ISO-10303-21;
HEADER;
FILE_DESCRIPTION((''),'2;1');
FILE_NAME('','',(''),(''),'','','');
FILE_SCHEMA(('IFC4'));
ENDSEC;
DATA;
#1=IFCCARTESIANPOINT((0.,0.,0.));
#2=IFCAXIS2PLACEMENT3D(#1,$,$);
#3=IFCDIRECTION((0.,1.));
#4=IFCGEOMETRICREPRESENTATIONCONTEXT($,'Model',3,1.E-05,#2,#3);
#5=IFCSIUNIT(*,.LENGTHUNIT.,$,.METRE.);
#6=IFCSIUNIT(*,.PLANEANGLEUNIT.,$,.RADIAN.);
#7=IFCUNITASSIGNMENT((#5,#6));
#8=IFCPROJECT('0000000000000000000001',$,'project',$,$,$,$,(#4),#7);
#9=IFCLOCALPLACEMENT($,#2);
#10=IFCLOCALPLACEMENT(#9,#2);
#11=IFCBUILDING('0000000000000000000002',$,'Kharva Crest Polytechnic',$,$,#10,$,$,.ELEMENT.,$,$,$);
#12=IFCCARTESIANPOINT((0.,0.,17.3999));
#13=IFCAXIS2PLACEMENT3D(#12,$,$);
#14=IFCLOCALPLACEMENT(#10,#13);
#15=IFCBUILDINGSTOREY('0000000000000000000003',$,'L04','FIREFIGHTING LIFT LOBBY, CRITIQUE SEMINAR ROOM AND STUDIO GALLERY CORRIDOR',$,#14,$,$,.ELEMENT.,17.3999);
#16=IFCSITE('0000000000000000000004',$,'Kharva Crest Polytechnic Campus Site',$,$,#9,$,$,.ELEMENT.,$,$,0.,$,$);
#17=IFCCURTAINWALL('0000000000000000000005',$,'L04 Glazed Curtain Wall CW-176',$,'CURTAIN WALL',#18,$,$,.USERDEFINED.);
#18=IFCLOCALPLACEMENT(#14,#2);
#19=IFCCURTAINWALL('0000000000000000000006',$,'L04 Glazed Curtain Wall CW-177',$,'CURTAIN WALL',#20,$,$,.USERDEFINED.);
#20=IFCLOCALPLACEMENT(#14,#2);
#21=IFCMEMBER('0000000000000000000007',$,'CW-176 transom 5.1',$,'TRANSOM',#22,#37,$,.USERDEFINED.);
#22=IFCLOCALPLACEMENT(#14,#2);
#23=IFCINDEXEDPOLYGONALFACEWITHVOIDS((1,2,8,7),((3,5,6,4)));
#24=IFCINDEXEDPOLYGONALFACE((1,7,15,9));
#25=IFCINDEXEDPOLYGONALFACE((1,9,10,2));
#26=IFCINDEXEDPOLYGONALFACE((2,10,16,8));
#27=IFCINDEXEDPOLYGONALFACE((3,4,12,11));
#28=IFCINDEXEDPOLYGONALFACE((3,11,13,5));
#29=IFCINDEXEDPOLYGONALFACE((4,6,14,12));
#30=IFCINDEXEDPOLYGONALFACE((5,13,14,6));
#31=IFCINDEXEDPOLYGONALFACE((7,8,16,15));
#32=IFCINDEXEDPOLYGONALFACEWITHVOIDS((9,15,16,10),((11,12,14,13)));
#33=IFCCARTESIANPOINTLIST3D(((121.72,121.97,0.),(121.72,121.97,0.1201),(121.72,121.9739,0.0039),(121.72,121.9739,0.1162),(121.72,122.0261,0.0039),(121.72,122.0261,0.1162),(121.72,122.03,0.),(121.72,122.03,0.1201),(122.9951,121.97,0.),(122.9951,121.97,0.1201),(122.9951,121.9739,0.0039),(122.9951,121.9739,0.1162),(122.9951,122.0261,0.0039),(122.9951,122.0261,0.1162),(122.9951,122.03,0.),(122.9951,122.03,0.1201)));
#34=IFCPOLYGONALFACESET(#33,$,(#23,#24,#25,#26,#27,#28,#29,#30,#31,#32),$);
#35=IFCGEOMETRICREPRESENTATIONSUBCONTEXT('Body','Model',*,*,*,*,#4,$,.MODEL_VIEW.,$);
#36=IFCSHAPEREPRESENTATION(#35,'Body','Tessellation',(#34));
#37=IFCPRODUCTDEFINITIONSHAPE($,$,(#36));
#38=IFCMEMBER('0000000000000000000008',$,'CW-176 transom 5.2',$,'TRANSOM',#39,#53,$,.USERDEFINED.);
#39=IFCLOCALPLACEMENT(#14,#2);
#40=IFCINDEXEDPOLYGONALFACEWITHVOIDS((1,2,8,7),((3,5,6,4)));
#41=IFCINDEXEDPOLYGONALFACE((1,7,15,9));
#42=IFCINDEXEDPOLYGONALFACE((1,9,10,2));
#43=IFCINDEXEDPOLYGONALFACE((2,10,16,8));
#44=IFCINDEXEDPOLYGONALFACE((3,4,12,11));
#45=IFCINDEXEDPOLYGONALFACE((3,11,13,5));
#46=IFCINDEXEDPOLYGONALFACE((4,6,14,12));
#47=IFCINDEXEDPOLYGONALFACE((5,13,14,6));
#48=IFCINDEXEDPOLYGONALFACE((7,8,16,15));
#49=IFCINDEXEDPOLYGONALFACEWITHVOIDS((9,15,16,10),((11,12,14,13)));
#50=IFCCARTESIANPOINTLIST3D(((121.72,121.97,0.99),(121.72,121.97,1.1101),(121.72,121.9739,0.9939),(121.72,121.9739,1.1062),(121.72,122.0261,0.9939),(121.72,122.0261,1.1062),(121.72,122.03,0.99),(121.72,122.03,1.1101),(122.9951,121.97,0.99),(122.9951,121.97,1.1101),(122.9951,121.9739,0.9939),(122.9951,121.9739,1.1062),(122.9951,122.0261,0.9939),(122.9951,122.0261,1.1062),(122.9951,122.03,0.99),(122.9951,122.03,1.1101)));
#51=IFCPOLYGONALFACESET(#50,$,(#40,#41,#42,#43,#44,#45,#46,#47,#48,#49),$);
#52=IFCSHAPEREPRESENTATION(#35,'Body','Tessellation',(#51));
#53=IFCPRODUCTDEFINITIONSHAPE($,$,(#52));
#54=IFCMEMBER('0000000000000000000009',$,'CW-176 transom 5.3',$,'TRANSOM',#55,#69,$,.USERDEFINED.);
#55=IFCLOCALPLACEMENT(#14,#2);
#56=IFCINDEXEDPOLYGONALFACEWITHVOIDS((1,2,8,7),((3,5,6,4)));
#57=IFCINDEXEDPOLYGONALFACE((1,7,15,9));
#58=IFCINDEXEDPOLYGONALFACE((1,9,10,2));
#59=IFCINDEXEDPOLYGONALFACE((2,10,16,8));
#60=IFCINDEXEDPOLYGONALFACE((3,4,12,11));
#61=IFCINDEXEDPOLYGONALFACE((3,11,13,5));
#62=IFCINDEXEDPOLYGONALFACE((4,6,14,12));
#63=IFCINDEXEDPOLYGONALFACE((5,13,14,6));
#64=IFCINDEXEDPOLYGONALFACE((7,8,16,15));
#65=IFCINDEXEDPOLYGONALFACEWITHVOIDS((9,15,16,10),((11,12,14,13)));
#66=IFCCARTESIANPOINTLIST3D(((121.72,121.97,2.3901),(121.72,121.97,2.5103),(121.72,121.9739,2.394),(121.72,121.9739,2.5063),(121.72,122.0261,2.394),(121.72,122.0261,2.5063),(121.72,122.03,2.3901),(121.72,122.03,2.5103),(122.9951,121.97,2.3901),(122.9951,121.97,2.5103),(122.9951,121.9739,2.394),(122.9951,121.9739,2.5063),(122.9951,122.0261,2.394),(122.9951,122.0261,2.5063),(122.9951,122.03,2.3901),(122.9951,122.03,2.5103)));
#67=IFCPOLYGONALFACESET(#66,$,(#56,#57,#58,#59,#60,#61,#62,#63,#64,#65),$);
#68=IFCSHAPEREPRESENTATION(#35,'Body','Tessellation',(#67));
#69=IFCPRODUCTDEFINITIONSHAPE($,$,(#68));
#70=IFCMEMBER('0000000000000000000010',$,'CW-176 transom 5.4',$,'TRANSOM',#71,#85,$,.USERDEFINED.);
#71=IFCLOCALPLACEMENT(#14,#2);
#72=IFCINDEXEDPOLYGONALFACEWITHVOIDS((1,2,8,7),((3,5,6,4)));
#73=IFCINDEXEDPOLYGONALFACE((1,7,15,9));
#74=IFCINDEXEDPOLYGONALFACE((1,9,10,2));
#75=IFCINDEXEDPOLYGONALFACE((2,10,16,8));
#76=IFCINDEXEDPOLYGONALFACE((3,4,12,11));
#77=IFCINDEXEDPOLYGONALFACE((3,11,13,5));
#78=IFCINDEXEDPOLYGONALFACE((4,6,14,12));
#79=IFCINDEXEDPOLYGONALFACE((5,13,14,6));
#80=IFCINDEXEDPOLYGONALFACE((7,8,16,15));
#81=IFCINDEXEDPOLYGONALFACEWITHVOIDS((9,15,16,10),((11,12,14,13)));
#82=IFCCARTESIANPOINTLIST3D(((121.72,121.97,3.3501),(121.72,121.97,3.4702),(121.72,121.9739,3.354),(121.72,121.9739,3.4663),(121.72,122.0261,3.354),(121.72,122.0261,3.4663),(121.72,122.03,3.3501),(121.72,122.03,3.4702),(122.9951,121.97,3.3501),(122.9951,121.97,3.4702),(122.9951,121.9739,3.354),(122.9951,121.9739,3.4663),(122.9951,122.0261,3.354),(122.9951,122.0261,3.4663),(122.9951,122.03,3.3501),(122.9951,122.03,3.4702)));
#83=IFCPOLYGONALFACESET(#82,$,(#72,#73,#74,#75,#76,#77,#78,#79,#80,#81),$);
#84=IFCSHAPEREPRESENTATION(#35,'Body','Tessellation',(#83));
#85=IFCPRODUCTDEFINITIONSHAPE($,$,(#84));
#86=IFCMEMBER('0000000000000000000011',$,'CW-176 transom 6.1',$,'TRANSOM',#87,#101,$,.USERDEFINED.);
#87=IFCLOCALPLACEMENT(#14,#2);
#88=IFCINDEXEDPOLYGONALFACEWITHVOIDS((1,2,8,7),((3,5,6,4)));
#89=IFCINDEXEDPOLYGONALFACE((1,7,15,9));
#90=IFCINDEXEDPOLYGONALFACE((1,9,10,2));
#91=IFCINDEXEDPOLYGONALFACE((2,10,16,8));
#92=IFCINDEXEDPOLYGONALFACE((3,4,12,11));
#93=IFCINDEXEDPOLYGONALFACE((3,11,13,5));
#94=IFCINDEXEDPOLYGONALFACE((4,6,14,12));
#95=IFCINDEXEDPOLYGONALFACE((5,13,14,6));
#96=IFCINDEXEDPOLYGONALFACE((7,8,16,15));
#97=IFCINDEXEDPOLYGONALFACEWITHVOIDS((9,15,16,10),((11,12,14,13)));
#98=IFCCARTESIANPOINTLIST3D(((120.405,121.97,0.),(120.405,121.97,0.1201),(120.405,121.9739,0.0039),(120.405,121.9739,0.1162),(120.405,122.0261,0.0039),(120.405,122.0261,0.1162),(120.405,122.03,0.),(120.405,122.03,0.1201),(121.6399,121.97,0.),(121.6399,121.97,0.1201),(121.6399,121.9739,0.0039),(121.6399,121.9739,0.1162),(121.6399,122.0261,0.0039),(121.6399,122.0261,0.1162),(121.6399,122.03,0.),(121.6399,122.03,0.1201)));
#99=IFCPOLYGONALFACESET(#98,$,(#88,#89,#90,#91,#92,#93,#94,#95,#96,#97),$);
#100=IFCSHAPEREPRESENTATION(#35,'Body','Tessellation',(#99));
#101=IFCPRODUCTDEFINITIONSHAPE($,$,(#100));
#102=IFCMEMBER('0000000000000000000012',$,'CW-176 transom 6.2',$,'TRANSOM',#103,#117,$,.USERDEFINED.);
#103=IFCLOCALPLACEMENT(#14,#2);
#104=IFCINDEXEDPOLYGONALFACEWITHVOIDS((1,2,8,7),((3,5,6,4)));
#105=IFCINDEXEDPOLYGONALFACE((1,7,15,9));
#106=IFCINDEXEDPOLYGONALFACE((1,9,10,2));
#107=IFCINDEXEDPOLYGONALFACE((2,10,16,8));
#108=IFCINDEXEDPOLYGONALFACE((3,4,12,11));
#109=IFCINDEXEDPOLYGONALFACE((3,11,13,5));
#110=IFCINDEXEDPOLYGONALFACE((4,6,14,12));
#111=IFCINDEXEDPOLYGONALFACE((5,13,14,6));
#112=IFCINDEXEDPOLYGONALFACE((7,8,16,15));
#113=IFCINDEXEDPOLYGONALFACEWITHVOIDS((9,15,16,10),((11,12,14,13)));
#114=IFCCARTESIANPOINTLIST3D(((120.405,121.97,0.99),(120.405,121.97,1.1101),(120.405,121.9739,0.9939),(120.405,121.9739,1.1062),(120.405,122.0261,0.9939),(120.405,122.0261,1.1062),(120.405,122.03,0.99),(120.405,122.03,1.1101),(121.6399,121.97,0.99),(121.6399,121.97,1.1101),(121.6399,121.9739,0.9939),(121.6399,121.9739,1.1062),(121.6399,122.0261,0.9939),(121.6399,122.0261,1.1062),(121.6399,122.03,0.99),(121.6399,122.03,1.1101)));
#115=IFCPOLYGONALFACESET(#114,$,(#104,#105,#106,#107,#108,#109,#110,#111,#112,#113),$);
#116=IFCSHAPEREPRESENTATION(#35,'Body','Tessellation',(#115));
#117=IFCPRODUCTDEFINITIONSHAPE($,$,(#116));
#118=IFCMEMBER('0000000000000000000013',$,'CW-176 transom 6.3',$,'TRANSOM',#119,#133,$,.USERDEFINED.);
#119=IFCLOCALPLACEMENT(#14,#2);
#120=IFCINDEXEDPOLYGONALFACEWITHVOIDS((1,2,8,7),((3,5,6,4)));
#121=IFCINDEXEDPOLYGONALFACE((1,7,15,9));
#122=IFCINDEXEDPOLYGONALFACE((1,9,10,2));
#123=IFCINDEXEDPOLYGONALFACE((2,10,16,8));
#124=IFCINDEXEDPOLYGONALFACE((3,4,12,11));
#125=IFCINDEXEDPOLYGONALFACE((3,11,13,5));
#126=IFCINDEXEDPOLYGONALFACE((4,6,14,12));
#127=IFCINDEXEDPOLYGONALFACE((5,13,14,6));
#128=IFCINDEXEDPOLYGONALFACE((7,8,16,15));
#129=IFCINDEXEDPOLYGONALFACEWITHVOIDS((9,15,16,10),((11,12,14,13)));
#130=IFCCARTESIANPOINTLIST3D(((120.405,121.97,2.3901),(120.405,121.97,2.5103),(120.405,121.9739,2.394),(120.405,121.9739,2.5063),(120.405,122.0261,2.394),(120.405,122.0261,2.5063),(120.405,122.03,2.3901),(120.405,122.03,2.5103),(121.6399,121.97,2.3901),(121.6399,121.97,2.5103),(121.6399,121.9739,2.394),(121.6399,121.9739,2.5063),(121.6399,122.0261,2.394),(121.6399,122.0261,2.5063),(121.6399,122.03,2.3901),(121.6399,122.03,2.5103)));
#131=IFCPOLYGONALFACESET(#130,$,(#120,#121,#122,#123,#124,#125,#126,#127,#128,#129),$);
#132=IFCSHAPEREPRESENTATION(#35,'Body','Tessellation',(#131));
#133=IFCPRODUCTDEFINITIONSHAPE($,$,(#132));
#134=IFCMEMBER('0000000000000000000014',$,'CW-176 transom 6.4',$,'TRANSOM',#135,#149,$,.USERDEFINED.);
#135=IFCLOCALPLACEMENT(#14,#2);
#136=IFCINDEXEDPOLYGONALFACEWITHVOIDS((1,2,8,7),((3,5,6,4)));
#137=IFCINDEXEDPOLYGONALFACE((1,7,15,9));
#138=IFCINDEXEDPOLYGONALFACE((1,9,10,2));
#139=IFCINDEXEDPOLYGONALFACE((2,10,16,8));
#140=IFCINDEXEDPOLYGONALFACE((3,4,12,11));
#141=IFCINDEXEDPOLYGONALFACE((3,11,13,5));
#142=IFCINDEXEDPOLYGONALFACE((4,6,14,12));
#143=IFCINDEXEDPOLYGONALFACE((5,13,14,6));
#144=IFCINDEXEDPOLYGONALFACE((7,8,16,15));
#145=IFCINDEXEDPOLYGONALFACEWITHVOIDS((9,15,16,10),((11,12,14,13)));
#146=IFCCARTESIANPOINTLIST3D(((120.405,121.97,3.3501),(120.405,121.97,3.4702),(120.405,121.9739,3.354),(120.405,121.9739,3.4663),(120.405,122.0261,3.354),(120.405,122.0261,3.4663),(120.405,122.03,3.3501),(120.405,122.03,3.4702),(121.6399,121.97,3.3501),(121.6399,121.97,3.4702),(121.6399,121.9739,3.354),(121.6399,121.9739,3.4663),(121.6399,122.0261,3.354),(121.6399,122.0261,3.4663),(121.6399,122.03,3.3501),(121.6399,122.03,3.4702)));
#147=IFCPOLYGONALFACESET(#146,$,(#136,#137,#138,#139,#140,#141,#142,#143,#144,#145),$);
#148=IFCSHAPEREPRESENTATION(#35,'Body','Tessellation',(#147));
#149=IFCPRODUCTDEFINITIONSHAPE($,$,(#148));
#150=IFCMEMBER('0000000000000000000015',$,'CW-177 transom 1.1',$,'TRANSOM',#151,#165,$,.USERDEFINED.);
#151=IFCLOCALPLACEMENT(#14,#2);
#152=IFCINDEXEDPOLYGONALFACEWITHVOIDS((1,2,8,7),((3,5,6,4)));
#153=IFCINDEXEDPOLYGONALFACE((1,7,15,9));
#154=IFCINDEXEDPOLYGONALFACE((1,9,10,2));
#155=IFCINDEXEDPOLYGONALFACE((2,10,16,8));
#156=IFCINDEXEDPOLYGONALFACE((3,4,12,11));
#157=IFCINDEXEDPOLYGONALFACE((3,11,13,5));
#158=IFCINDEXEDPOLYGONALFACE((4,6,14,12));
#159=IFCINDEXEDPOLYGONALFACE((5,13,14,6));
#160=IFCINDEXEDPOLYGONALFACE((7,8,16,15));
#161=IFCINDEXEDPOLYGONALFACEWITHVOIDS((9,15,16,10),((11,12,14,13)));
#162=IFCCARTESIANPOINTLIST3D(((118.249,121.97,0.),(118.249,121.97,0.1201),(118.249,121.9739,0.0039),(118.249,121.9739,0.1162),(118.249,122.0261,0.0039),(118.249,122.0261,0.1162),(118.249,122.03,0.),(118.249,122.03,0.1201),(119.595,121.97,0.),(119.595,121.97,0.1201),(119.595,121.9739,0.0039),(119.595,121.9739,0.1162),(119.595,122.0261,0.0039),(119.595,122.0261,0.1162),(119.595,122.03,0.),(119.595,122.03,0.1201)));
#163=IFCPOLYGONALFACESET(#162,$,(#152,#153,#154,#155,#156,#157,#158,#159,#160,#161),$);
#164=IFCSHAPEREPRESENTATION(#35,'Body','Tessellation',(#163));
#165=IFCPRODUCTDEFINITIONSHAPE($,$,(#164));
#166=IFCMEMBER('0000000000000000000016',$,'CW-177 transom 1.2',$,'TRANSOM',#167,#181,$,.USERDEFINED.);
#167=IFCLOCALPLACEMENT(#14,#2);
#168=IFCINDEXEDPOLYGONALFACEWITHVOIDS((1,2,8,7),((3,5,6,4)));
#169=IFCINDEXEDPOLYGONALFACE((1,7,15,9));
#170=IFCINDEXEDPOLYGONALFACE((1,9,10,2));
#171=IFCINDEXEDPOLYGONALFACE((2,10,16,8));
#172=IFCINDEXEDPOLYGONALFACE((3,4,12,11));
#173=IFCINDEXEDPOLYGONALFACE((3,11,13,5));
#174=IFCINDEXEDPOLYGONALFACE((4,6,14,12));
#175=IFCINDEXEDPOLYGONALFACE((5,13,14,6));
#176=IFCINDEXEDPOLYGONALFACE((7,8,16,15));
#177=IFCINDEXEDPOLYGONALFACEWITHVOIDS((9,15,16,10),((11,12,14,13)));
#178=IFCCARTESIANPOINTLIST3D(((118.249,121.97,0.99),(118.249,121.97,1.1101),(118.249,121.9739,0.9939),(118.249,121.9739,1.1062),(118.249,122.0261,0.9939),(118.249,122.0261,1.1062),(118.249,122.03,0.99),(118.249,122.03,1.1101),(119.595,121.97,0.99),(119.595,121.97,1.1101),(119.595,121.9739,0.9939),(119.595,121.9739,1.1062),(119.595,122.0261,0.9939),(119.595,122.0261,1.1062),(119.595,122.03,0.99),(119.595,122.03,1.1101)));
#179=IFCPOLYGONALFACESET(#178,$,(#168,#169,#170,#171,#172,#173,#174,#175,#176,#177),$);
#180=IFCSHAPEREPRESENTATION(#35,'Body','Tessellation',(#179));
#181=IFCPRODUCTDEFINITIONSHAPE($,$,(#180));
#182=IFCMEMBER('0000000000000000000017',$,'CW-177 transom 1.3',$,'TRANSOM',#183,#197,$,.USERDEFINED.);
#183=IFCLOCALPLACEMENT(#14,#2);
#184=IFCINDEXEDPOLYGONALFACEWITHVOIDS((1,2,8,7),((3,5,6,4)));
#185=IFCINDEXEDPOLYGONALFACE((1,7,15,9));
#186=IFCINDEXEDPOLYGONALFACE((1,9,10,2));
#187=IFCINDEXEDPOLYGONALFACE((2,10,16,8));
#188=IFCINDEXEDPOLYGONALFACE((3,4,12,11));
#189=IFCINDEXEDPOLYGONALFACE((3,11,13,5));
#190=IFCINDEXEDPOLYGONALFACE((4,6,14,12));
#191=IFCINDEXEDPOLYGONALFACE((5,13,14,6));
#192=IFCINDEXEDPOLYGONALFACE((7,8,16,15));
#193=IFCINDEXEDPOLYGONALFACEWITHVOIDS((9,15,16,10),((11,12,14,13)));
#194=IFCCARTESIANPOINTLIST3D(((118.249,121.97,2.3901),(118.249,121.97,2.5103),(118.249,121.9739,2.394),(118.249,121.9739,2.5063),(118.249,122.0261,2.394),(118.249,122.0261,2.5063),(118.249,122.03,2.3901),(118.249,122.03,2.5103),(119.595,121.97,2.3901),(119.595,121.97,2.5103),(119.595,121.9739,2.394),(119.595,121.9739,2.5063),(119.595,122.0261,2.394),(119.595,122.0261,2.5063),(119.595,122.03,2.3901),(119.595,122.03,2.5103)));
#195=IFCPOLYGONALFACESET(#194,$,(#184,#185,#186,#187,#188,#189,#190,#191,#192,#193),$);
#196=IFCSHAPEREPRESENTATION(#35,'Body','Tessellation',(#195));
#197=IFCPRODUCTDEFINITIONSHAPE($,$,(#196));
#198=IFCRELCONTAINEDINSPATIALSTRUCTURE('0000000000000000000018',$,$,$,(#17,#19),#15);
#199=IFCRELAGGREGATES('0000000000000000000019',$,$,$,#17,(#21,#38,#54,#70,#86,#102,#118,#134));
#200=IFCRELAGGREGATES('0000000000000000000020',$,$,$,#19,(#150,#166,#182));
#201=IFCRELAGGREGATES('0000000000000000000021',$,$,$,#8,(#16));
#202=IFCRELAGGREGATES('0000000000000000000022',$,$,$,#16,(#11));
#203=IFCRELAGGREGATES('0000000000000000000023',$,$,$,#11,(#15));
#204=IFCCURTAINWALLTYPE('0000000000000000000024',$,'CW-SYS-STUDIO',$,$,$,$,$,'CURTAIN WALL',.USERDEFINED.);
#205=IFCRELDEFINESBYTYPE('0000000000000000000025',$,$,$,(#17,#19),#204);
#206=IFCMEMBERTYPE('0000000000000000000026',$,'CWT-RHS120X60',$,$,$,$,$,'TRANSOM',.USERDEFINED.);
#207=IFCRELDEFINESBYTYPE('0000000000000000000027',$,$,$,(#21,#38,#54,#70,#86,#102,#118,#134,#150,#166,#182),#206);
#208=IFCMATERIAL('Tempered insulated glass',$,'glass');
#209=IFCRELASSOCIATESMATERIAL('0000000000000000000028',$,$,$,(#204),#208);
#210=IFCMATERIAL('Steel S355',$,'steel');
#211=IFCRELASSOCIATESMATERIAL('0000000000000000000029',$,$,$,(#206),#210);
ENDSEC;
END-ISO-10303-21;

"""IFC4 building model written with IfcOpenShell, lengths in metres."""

from ifc_helpers import new_model, si_unit, direction, frame, origin, origin_2d, place, context, subcontext, project, spatial, hollow_rectangle, extrude, material, material_profile, profile_set, type_object, element, aggregate, save


model = new_model("IFC4")

# Units and contexts
model_context = context("Model", 3, precision=1e-05, world=origin(), true_north=direction((0.0, 1.0)))
body_context = subcontext(model_context, "Body", "Model", "MODEL_VIEW")
ifc_project = project(units=[si_unit("LENGTHUNIT", "METRE"), si_unit("PLANEANGLEUNIT", "RADIAN")], contexts=[model_context])

# Site, building, storey
site_placement = place(None, origin())
site = spatial("IfcSite", under=ifc_project, at=site_placement, Name="Kharva Crest Polytechnic Campus Site", CompositionType="ELEMENT", RefElevation=0.0)
building_placement = place(site_placement, origin())
building = spatial("IfcBuilding", under=site, at=building_placement, Name="Kharva Crest Polytechnic", CompositionType="ELEMENT")
storey_placement = place(building_placement, frame((0.0, 0.0, 17.3999)))
storey = spatial("IfcBuildingStorey", under=building, at=storey_placement, Name="L04", Description="FIREFIGHTING LIFT LOBBY, CRITIQUE SEMINAR ROOM AND STUDIO GALLERY CORRIDOR", CompositionType="ELEMENT", Elevation=17.3999)

# Curtain walls
ifc_material_1 = material(Name="Tempered insulated glass", Category="glass")
curtain_wall_type = type_object("IfcCurtainWallType", Name="CW-SYS-STUDIO", ElementType="CURTAIN WALL", PredefinedType="USERDEFINED", material=ifc_material_1)
curtain_wall_1_placement = place(storey_placement, origin())
curtain_wall_1 = element("IfcCurtainWall", 1, at=curtain_wall_1_placement, inside=storey, type_object=curtain_wall_type, Name="L04 Glazed Curtain Wall CW-176", ObjectType="CURTAIN WALL", PredefinedType="USERDEFINED")
ifc_material_2 = material(Name="Steel S355", Category="steel")
curtain_wall_2_placement = place(storey_placement, origin())
curtain_wall_2 = element("IfcCurtainWall", 2, at=curtain_wall_2_placement, inside=storey, type_object=curtain_wall_type, Name="L04 Glazed Curtain Wall CW-177", ObjectType="CURTAIN WALL", PredefinedType="USERDEFINED")

# Members
ifc_material_profile_1 = material_profile(ifc_material_2, hollow_rectangle(XDim=0.0601, YDim=0.1201, WallThickness=0.0039, at=origin_2d()), Name="RHS 120X60X4.0")
ifc_profile_set_1 = profile_set([ifc_material_profile_1], Name="Steel S355")
member_type_1 = type_object("IfcMemberType", Name="CWT-RHS120X60", ElementType="TRANSOM", PredefinedType="USERDEFINED", material=ifc_profile_set_1)
member_1_placement = place(storey_placement, frame((122.9951, 122.0, 0.0601), z_axis=(-1.0, 0.0, 0.0), x_axis=(0.0, -1.0, 0.0)))
member_1 = element("IfcMember", 3, at=member_1_placement, type_object=member_type_1, Name="CW-176 transom 5.1", ObjectType="TRANSOM", PredefinedType="USERDEFINED", context=body_context, shape_type="SweptSolid", body=[
    extrude(hollow_rectangle(XDim=0.0601, YDim=0.1201, WallThickness=0.0039, at=origin_2d()), origin(), (0.0, 0.0, 1.0), 1.2751),
])
member_2_placement = place(storey_placement, frame((122.9951, 122.0, 1.05), z_axis=(-1.0, 0.0, 0.0), x_axis=(0.0, -1.0, 0.0)))
member_2 = element("IfcMember", 4, at=member_2_placement, type_object=member_type_1, Name="CW-176 transom 5.2", ObjectType="TRANSOM", PredefinedType="USERDEFINED", context=body_context, shape_type="SweptSolid", body=[
    extrude(hollow_rectangle(XDim=0.0601, YDim=0.1201, WallThickness=0.0039, at=origin_2d()), origin(), (0.0, 0.0, 1.0), 1.2751),
])
member_3_placement = place(storey_placement, frame((122.9951, 122.0, 2.4502), z_axis=(-1.0, 0.0, 0.0), x_axis=(0.0, -1.0, 0.0)))
member_3 = element("IfcMember", 5, at=member_3_placement, type_object=member_type_1, Name="CW-176 transom 5.3", ObjectType="TRANSOM", PredefinedType="USERDEFINED", context=body_context, shape_type="SweptSolid", body=[
    extrude(hollow_rectangle(XDim=0.0601, YDim=0.1201, WallThickness=0.0039, at=origin_2d()), origin(), (0.0, 0.0, 1.0), 1.2751),
])
member_4_placement = place(storey_placement, frame((122.9951, 122.0, 3.4102), z_axis=(-1.0, 0.0, 0.0), x_axis=(0.0, -1.0, 0.0)))
member_4 = element("IfcMember", 6, at=member_4_placement, type_object=member_type_1, Name="CW-176 transom 5.4", ObjectType="TRANSOM", PredefinedType="USERDEFINED", context=body_context, shape_type="SweptSolid", body=[
    extrude(hollow_rectangle(XDim=0.0601, YDim=0.1201, WallThickness=0.0039, at=origin_2d()), origin(), (0.0, 0.0, 1.0), 1.2751),
])
member_5_placement = place(storey_placement, frame((121.6399, 122.0, 0.0601), z_axis=(-1.0, 0.0, 0.0), x_axis=(0.0, -1.0, 0.0)))
member_5 = element("IfcMember", 7, at=member_5_placement, type_object=member_type_1, Name="CW-176 transom 6.1", ObjectType="TRANSOM", PredefinedType="USERDEFINED", context=body_context, shape_type="SweptSolid", body=[
    extrude(hollow_rectangle(XDim=0.0601, YDim=0.1201, WallThickness=0.0039, at=origin_2d()), origin(), (0.0, 0.0, 1.0), 1.2349),
])
member_6_placement = place(storey_placement, frame((121.6399, 122.0, 1.05), z_axis=(-1.0, 0.0, 0.0), x_axis=(0.0, -1.0, 0.0)))
member_6 = element("IfcMember", 8, at=member_6_placement, type_object=member_type_1, Name="CW-176 transom 6.2", ObjectType="TRANSOM", PredefinedType="USERDEFINED", context=body_context, shape_type="SweptSolid", body=[
    extrude(hollow_rectangle(XDim=0.0601, YDim=0.1201, WallThickness=0.0039, at=origin_2d()), origin(), (0.0, 0.0, 1.0), 1.2349),
])
member_7_placement = place(storey_placement, frame((121.6399, 122.0, 2.4502), z_axis=(-1.0, 0.0, 0.0), x_axis=(0.0, -1.0, 0.0)))
member_7 = element("IfcMember", 9, at=member_7_placement, type_object=member_type_1, Name="CW-176 transom 6.3", ObjectType="TRANSOM", PredefinedType="USERDEFINED", context=body_context, shape_type="SweptSolid", body=[
    extrude(hollow_rectangle(XDim=0.0601, YDim=0.1201, WallThickness=0.0039, at=origin_2d()), origin(), (0.0, 0.0, 1.0), 1.2349),
])
member_8_placement = place(storey_placement, frame((121.6399, 122.0, 3.4102), z_axis=(-1.0, 0.0, 0.0), x_axis=(0.0, -1.0, 0.0)))
member_8 = element("IfcMember", 10, at=member_8_placement, type_object=member_type_1, Name="CW-176 transom 6.4", ObjectType="TRANSOM", PredefinedType="USERDEFINED", context=body_context, shape_type="SweptSolid", body=[
    extrude(hollow_rectangle(XDim=0.0601, YDim=0.1201, WallThickness=0.0039, at=origin_2d()), origin(), (0.0, 0.0, 1.0), 1.2349),
])
member_9_placement = place(storey_placement, frame((119.595, 122.0, 0.0601), z_axis=(-1.0, 0.0, 0.0), x_axis=(0.0, -1.0, 0.0)))
member_9 = element("IfcMember", 11, at=member_9_placement, type_object=member_type_1, Name="CW-177 transom 1.1", ObjectType="TRANSOM", PredefinedType="USERDEFINED", context=body_context, shape_type="SweptSolid", body=[
    extrude(hollow_rectangle(XDim=0.0601, YDim=0.1201, WallThickness=0.0039, at=origin_2d()), origin(), (0.0, 0.0, 1.0), 1.3459),
])
member_10_placement = place(storey_placement, frame((119.595, 122.0, 1.05), z_axis=(-1.0, 0.0, 0.0), x_axis=(0.0, -1.0, 0.0)))
member_10 = element("IfcMember", 12, at=member_10_placement, type_object=member_type_1, Name="CW-177 transom 1.2", ObjectType="TRANSOM", PredefinedType="USERDEFINED", context=body_context, shape_type="SweptSolid", body=[
    extrude(hollow_rectangle(XDim=0.0601, YDim=0.1201, WallThickness=0.0039, at=origin_2d()), origin(), (0.0, 0.0, 1.0), 1.3459),
])
member_11_placement = place(storey_placement, frame((119.595, 122.0, 2.4502), z_axis=(-1.0, 0.0, 0.0), x_axis=(0.0, -1.0, 0.0)))
member_11 = element("IfcMember", 13, at=member_11_placement, type_object=member_type_1, Name="CW-177 transom 1.3", ObjectType="TRANSOM", PredefinedType="USERDEFINED", context=body_context, shape_type="SweptSolid", body=[
    extrude(hollow_rectangle(XDim=0.0601, YDim=0.1201, WallThickness=0.0039, at=origin_2d()), origin(), (0.0, 0.0, 1.0), 1.3459),
])

aggregate(curtain_wall_1, [member_1, member_2, member_3, member_4, member_5, member_6, member_7, member_8])
aggregate(curtain_wall_2, [member_9, member_10, member_11])

save(model, "model.ifc")
